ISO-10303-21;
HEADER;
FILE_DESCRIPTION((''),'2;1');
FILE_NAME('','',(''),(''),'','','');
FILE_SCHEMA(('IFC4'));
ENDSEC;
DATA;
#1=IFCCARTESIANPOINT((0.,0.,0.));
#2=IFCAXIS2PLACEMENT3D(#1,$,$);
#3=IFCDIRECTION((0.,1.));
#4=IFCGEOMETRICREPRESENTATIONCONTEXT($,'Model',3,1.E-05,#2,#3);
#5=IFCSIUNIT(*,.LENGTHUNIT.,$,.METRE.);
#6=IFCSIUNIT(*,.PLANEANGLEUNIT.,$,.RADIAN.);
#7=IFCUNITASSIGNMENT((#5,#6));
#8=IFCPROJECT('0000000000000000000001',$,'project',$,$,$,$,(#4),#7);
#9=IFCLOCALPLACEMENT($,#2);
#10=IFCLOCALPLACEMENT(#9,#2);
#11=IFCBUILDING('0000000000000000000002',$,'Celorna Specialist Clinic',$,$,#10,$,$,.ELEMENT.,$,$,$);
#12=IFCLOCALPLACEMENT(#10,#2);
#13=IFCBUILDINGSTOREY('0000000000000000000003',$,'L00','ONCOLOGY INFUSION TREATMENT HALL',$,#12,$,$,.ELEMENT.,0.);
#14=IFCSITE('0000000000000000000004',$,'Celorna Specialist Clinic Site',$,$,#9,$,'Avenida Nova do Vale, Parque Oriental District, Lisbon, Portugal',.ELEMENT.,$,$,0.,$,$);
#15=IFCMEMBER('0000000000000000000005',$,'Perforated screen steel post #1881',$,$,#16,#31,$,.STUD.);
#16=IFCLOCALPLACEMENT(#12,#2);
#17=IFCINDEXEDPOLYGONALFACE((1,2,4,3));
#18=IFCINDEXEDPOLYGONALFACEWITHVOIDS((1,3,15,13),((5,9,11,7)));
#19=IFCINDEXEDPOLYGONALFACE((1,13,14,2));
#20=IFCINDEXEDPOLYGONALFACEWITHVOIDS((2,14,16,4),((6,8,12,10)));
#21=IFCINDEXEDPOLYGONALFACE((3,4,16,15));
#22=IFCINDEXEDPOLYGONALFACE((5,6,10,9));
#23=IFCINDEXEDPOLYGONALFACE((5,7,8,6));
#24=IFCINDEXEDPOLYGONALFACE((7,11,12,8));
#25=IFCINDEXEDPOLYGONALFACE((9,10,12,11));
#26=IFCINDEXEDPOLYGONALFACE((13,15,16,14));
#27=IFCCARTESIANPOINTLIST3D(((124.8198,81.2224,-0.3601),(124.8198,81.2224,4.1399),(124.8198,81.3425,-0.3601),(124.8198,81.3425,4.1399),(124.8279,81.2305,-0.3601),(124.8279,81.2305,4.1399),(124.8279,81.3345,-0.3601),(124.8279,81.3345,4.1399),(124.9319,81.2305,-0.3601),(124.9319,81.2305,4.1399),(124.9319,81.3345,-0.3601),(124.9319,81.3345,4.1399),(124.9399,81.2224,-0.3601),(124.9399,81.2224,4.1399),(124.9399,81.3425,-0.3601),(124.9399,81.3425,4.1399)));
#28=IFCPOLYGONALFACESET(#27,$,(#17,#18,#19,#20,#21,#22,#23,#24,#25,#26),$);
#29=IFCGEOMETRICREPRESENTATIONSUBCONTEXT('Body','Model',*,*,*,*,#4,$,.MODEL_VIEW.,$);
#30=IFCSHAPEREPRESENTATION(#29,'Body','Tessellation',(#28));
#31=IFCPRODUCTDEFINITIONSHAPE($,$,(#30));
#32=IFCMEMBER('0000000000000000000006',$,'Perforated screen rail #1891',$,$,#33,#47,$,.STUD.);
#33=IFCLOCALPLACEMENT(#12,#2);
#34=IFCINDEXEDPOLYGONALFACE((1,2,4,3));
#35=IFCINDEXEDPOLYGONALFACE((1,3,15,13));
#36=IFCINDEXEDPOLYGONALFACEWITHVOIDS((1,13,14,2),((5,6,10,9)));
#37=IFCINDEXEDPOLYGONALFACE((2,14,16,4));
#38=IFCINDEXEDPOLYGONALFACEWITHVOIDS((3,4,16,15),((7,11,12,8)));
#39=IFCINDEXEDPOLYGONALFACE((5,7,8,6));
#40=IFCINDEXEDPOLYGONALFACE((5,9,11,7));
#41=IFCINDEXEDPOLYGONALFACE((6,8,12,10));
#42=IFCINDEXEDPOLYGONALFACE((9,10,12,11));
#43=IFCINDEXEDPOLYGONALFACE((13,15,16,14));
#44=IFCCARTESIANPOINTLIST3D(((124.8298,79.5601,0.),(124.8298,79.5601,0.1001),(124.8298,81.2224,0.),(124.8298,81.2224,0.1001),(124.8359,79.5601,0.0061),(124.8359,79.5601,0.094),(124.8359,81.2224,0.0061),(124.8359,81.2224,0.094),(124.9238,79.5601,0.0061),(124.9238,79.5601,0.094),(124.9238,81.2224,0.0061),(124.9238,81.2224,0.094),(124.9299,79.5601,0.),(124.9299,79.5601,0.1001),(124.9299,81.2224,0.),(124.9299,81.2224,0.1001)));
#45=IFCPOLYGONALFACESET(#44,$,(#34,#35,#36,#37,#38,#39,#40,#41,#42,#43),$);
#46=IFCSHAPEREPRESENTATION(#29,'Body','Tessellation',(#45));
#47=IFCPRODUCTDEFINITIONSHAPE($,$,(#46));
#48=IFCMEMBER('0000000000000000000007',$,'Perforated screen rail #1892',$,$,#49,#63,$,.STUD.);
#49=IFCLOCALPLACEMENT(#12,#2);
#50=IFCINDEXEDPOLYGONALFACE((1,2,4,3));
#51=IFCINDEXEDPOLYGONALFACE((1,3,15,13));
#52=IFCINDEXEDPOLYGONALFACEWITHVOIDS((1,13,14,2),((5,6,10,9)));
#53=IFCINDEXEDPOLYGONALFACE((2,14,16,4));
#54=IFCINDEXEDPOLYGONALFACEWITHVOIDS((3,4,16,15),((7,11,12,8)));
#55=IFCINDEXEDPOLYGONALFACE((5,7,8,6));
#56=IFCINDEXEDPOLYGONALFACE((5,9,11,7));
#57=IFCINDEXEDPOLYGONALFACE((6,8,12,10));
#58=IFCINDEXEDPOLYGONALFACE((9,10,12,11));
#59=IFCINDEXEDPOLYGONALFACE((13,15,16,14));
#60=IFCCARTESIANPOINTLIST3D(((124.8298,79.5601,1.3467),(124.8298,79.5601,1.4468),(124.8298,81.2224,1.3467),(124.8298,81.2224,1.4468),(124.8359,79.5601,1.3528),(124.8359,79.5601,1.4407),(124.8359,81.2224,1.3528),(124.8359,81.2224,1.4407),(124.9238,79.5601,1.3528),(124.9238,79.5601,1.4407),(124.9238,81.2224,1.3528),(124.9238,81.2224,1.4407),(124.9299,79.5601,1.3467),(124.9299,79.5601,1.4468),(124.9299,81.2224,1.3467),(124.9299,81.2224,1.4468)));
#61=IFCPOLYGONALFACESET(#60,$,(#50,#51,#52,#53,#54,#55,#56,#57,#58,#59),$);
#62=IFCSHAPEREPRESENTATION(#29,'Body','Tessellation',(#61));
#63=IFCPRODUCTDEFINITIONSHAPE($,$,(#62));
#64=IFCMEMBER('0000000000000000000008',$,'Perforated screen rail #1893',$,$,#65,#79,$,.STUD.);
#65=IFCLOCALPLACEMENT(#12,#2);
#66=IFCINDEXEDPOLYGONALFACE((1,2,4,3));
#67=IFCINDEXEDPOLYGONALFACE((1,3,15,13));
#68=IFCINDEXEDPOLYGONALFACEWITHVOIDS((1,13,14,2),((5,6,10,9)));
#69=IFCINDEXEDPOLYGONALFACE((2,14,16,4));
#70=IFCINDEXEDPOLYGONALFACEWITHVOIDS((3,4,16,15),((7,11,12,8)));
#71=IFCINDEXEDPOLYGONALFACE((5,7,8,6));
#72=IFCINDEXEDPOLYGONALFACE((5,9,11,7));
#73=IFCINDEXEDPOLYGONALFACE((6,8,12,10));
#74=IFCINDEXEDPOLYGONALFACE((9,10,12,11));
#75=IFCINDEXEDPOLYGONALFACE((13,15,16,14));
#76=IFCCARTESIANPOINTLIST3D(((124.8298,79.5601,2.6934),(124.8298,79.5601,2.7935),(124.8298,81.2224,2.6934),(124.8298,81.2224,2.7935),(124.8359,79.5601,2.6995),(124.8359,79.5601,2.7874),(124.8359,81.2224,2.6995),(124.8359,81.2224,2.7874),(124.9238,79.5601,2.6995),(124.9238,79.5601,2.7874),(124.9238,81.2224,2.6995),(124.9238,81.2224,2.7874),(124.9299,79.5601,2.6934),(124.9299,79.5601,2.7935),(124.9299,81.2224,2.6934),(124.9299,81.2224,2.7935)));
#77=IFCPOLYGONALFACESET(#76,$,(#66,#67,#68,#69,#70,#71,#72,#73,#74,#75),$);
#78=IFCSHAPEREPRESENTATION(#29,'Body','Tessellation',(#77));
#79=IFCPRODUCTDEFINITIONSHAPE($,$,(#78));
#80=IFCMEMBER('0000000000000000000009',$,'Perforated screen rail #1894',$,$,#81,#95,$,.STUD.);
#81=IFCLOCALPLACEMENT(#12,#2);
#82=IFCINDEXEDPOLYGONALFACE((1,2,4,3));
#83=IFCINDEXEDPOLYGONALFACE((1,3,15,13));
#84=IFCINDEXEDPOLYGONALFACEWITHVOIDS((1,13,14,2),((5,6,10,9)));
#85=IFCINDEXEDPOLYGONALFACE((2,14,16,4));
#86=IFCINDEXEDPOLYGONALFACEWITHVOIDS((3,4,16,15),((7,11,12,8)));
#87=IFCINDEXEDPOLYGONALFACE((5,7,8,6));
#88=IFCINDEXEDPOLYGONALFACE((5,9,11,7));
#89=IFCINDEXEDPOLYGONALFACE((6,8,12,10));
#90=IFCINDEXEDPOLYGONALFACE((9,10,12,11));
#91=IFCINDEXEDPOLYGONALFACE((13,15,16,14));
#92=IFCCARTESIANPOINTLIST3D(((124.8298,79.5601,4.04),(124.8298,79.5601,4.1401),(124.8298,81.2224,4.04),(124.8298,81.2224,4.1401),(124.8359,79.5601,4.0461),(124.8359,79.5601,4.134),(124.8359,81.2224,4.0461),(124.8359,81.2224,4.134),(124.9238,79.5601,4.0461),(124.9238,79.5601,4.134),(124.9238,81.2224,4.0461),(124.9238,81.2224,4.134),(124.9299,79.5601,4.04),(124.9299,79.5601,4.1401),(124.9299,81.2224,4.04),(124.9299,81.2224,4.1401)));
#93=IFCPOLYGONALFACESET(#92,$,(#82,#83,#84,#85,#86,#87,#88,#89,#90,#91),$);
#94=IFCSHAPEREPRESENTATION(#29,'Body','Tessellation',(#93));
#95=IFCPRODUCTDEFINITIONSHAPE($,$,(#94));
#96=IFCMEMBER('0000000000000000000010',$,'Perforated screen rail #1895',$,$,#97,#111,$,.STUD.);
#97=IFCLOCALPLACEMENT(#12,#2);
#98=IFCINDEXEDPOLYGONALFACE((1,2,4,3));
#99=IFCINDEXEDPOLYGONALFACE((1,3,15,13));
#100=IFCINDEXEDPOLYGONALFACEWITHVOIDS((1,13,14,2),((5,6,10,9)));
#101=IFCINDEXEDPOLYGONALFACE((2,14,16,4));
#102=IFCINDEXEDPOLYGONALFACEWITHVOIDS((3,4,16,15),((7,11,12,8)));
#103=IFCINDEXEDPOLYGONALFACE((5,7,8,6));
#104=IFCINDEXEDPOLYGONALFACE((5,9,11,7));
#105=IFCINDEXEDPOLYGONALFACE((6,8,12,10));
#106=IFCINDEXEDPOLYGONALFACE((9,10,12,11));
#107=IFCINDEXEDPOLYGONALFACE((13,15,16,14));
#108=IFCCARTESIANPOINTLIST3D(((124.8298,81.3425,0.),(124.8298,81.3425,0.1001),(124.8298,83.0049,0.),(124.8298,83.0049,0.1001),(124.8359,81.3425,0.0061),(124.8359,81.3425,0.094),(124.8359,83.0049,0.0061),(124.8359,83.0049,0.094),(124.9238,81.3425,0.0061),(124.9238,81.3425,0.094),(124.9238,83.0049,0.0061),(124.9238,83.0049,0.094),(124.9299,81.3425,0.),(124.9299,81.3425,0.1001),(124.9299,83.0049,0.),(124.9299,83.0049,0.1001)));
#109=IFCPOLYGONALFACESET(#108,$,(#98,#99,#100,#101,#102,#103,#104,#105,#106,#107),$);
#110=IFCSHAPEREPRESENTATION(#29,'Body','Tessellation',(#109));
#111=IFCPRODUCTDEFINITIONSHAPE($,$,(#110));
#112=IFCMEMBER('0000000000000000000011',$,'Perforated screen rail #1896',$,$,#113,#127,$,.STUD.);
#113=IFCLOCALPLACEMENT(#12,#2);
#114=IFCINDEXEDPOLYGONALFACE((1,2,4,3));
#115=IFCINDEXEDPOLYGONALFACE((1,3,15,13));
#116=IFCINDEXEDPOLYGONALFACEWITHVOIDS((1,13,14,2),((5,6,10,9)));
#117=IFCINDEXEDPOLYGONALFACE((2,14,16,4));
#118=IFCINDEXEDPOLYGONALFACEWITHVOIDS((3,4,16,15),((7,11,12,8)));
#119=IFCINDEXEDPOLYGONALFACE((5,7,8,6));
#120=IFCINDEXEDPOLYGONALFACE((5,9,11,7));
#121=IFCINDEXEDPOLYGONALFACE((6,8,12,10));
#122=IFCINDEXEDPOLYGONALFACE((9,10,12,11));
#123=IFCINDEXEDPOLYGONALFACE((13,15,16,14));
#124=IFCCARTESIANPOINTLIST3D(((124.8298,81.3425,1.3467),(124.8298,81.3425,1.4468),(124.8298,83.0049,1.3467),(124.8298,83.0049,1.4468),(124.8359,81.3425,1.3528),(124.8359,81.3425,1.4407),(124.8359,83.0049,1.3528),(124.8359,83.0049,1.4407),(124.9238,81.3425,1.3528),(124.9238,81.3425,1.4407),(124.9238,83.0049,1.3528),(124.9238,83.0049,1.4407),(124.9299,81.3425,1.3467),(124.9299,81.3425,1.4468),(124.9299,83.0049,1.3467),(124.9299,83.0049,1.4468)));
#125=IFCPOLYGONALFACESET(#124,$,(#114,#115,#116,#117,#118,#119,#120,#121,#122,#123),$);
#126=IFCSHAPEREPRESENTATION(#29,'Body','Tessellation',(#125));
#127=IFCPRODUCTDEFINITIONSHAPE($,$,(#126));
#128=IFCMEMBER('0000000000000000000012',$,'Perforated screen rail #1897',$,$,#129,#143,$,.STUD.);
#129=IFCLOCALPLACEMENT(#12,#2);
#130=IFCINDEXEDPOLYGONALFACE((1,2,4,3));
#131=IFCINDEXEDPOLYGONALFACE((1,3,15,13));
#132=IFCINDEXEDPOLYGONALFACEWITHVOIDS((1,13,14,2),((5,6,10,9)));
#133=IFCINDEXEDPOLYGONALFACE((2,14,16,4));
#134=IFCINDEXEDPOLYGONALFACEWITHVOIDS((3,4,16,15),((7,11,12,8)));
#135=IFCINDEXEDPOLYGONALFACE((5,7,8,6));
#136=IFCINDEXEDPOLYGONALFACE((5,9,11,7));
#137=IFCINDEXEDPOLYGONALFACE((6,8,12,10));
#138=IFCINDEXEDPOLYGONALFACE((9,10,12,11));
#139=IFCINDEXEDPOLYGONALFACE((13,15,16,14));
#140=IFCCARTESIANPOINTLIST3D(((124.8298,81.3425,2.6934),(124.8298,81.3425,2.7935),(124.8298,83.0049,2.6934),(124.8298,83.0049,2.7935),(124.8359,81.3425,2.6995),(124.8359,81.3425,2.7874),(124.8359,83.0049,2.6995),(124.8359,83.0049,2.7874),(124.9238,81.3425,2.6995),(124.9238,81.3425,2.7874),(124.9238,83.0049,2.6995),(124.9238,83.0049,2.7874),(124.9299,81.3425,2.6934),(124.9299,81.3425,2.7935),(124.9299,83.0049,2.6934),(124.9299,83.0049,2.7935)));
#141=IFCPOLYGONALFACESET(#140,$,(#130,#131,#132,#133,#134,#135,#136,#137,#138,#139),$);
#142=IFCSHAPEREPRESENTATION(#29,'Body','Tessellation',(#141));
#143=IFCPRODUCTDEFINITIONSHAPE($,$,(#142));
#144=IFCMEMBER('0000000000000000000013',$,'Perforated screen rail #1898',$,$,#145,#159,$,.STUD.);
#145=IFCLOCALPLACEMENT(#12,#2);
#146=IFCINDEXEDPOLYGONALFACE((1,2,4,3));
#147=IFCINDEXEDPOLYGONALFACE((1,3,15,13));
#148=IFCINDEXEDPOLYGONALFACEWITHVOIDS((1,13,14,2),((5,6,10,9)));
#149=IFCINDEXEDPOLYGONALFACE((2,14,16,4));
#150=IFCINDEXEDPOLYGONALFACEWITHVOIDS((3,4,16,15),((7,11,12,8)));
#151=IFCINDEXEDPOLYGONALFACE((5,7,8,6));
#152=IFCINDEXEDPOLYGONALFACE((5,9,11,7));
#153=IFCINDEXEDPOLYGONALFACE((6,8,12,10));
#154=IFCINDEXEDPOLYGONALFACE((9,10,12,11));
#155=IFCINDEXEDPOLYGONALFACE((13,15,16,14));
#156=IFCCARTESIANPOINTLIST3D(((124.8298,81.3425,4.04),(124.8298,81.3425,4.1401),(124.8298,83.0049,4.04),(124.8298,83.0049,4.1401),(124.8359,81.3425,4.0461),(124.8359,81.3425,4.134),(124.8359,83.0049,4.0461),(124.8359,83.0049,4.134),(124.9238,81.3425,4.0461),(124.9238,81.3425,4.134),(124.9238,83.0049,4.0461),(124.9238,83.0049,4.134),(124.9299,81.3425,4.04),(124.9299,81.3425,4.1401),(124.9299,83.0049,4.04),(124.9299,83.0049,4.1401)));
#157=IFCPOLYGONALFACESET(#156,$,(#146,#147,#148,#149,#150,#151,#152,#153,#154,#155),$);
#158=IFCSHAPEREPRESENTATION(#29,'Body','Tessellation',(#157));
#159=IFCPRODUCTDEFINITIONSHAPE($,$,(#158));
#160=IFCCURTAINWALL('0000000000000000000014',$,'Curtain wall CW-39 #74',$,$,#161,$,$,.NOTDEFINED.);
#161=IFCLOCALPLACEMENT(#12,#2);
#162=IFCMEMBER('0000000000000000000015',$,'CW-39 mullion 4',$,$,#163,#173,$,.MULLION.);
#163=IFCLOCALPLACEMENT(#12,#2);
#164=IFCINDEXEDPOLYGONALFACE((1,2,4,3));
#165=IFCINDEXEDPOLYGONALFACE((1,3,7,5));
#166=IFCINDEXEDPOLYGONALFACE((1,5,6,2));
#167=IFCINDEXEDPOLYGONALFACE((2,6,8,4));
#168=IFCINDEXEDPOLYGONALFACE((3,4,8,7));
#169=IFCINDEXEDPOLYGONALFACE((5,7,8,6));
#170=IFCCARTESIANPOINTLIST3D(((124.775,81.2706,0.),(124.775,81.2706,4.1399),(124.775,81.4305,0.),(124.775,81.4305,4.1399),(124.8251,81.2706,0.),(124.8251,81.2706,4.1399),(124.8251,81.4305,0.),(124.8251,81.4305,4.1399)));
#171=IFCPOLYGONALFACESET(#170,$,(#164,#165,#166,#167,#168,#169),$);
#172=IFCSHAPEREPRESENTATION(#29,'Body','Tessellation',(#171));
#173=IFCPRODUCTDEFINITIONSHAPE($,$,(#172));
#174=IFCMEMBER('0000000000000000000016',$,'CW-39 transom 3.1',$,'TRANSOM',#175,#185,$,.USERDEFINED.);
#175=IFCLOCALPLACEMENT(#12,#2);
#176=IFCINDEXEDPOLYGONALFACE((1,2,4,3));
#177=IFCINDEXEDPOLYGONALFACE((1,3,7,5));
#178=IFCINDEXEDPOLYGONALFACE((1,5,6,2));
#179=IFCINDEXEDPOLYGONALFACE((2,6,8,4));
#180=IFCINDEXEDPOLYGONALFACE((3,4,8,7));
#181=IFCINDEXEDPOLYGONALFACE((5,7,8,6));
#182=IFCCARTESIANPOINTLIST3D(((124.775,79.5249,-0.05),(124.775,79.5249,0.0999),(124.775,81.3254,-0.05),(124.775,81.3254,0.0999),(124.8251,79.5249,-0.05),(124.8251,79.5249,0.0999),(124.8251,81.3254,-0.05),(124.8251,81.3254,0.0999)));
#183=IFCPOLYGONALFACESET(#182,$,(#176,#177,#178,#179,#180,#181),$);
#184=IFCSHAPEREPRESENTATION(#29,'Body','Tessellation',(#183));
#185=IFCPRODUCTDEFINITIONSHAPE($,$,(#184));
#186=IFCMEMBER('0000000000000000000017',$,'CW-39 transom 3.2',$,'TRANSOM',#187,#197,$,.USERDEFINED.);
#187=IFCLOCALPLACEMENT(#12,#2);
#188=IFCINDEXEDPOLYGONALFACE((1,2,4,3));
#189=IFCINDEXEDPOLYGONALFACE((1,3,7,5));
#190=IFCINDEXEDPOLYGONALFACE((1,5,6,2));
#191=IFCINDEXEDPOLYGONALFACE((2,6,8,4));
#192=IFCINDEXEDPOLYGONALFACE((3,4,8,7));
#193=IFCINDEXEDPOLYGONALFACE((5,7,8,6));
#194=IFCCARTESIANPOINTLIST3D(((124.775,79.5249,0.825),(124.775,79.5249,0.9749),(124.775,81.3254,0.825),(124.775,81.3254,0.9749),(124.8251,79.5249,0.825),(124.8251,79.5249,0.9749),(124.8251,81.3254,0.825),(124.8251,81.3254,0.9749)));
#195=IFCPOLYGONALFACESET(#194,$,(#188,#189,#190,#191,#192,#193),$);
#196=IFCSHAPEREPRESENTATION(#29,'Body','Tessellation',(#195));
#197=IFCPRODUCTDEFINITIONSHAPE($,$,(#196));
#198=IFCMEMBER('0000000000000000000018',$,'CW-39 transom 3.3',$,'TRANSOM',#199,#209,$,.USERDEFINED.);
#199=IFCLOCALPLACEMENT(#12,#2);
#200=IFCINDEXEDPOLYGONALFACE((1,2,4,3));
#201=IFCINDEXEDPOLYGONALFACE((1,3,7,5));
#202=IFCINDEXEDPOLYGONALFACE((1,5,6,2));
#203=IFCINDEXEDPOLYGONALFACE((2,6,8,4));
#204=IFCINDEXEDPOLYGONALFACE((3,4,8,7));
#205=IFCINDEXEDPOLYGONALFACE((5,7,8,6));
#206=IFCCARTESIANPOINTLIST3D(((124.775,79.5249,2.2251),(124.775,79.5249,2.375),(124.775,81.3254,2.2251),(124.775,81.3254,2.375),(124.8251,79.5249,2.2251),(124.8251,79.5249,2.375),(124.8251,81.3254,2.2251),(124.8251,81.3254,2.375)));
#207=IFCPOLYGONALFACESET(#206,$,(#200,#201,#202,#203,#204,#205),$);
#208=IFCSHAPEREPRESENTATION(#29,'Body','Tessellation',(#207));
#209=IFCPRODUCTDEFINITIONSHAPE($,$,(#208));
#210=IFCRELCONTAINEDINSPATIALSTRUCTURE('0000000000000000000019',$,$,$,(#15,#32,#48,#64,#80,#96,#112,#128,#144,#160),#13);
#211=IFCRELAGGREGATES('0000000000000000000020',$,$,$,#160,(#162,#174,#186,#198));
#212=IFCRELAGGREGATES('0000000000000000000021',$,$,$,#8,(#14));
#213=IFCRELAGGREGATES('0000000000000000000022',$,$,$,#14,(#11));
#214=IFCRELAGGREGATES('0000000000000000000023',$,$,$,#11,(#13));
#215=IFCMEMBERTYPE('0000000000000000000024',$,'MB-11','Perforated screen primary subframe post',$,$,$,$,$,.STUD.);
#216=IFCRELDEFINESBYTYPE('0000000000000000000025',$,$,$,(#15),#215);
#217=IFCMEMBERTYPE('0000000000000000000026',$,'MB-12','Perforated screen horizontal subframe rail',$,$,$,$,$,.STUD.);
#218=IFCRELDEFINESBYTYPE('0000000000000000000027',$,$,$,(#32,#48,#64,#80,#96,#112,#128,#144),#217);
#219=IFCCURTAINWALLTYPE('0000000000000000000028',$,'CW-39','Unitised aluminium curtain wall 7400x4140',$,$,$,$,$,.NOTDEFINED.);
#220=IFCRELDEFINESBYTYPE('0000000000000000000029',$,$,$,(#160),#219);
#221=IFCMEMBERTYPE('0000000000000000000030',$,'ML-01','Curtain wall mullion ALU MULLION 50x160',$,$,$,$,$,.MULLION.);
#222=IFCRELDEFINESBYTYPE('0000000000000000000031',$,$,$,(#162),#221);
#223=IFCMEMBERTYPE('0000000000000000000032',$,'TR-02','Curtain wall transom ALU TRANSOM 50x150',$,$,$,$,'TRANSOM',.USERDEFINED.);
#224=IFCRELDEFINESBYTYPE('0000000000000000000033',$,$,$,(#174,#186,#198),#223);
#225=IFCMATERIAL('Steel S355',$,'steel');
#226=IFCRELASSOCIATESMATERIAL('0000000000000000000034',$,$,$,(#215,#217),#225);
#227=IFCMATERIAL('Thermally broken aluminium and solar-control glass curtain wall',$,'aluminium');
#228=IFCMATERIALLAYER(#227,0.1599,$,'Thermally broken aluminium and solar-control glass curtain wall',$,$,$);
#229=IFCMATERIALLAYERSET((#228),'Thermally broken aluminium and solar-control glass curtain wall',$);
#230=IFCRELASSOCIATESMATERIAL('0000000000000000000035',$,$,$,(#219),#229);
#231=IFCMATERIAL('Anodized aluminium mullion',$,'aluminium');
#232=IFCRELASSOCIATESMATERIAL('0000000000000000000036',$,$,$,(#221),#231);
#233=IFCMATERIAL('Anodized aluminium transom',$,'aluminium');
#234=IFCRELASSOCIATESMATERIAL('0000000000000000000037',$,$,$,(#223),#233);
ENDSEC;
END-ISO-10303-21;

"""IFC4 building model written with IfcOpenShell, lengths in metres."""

from ifc_helpers import new_model, si_unit, direction, frame, origin, origin_2d, place, context, subcontext, project, spatial, rectangle, hollow_rectangle, extrude, material, layer, layer_set, material_profile, profile_set, type_object, element, aggregate, save


model = new_model("IFC4")

# Units and contexts
model_context = context("Model", 3, precision=1e-05, world=origin(), true_north=direction((0.0, 1.0)))
body_context = subcontext(model_context, "Body", "Model", "MODEL_VIEW")
ifc_project = project(units=[si_unit("LENGTHUNIT", "METRE"), si_unit("PLANEANGLEUNIT", "RADIAN")], contexts=[model_context])

# Site, building, storey
site_placement = place(None, origin())
site = spatial("IfcSite", under=ifc_project, at=site_placement, Name="Celorna Specialist Clinic Site", LongName="Avenida Nova do Vale, Parque Oriental District, Lisbon, Portugal", CompositionType="ELEMENT", RefElevation=0.0)
building_placement = place(site_placement, origin())
building = spatial("IfcBuilding", under=site, at=building_placement, Name="Celorna Specialist Clinic", CompositionType="ELEMENT")
storey_placement = place(building_placement, origin())
storey = spatial("IfcBuildingStorey", under=building, at=storey_placement, Name="L00", Description="ONCOLOGY INFUSION TREATMENT HALL", CompositionType="ELEMENT", Elevation=0.0)

# Members
ifc_material_1 = material(Name="Steel S355", Category="steel")
ifc_material_profile_1 = material_profile(ifc_material_1, hollow_rectangle(XDim=0.1201, YDim=0.1201, WallThickness=0.0081, at=origin_2d()), Name="SHS 120x120x8")
ifc_profile_set_1 = profile_set([ifc_material_profile_1], Name="Steel S355")
member_type_1 = type_object("IfcMemberType", Name="MB-11", Description="Perforated screen primary subframe post", PredefinedType="STUD", material=ifc_profile_set_1)
member_1_placement = place(storey_placement, frame((124.8799, 81.2825, -0.3601), z_axis=(0.0, 0.0, 1.0), x_axis=(1.0, 0.0, 0.0)))
element("IfcMember", 1, at=member_1_placement, inside=storey, type_object=member_type_1, Name="Perforated screen steel post #1881", PredefinedType="STUD", context=body_context, shape_type="SweptSolid", body=[
    extrude(hollow_rectangle(XDim=0.1201, YDim=0.1201, WallThickness=0.0081, at=origin_2d()), origin(), (0.0, 0.0, 1.0), 4.5),
])
ifc_material_profile_2 = material_profile(ifc_material_1, hollow_rectangle(XDim=0.1001, YDim=0.1001, WallThickness=0.0061, at=origin_2d()), Name="SHS 100x100x6")
ifc_profile_set_2 = profile_set([ifc_material_profile_2], Name="Steel S355")
member_type_2 = type_object("IfcMemberType", Name="MB-12", Description="Perforated screen horizontal subframe rail", PredefinedType="STUD", material=ifc_profile_set_2)
for number, where, z_axis, x_axis, name in (
    (2, (124.8799, 79.5601, 0.05), (0.0, 1.0, 0.0), (-1.0, 0.0, 0.0), "Perforated screen rail #1891"),
    (3, (124.8799, 79.5601, 1.3967), (0.0, 1.0, 0.0), (-1.0, 0.0, 0.0), "Perforated screen rail #1892"),
    (4, (124.8799, 79.5601, 2.7434), (0.0, 1.0, 0.0), (-1.0, 0.0, 0.0), "Perforated screen rail #1893"),
    (5, (124.8799, 79.5601, 4.0901), (0.0, 1.0, 0.0), (-1.0, 0.0, 0.0), "Perforated screen rail #1894"),
    (6, (124.8799, 81.3425, 0.05), (0.0, 1.0, 0.0), (-1.0, 0.0, 0.0), "Perforated screen rail #1895"),
    (7, (124.8799, 81.3425, 1.3967), (0.0, 1.0, 0.0), (-1.0, 0.0, 0.0), "Perforated screen rail #1896"),
    (8, (124.8799, 81.3425, 2.7434), (0.0, 1.0, 0.0), (-1.0, 0.0, 0.0), "Perforated screen rail #1897"),
    (9, (124.8799, 81.3425, 4.0901), (0.0, 1.0, 0.0), (-1.0, 0.0, 0.0), "Perforated screen rail #1898"),
):
    element("IfcMember", number, at=place(storey_placement, frame(where, z_axis=z_axis, x_axis=x_axis)), inside=storey, type_object=member_type_2, Name=name, PredefinedType="STUD", context=body_context, shape_type="SweptSolid", body=[
        extrude(hollow_rectangle(XDim=0.1001, YDim=0.1001, WallThickness=0.0061, at=origin_2d()), origin(), (0.0, 0.0, 1.0), 1.6624),
    ])

# Curtain wall, members
ifc_material_2 = material(Name="Thermally broken aluminium and solar-control glass curtain wall", Category="aluminium")
ifc_layer_1 = layer(ifc_material_2, 0.1599, Name="Thermally broken aluminium and solar-control glass curtain wall")
ifc_layer_set_1 = layer_set([ifc_layer_1], Name="Thermally broken aluminium and solar-control glass curtain wall")
curtain_wall_type = type_object("IfcCurtainWallType", Name="CW-39", Description="Unitised aluminium curtain wall 7400x4140", PredefinedType="NOTDEFINED", material=ifc_layer_set_1)
curtain_wall_placement = place(storey_placement, origin())
curtain_wall = element("IfcCurtainWall", 10, at=curtain_wall_placement, inside=storey, type_object=curtain_wall_type, Name="Curtain wall CW-39 #74", PredefinedType="NOTDEFINED")
ifc_material_3 = material(Name="Anodized aluminium mullion", Category="aluminium")
ifc_material_profile_3 = material_profile(ifc_material_3, rectangle(XDim=0.05, YDim=0.1599, at=origin_2d()), Name="ALU MULLION 50x160")
ifc_profile_set_3 = profile_set([ifc_material_profile_3], Name="Anodized aluminium mullion")
member_type_3 = type_object("IfcMemberType", Name="ML-01", Description="Curtain wall mullion ALU MULLION 50x160", PredefinedType="MULLION", material=ifc_profile_set_3)
member_2_placement = place(storey_placement, frame((124.8, 81.3506, 0.0), z_axis=(0.0, 0.0, 1.0), x_axis=(-1.0, 0.0, 0.0)))
member_2 = element("IfcMember", 11, at=member_2_placement, type_object=member_type_3, Name="CW-39 mullion 4", PredefinedType="MULLION", context=body_context, shape_type="SweptSolid", body=[
    extrude(rectangle(XDim=0.05, YDim=0.1599, at=origin_2d()), origin(), (0.0, 0.0, 1.0), 4.1399),
])
ifc_material_4 = material(Name="Anodized aluminium transom", Category="aluminium")
ifc_material_profile_4 = material_profile(ifc_material_4, rectangle(XDim=0.05, YDim=0.1499, at=origin_2d()), Name="ALU TRANSOM 50x150")
ifc_profile_set_4 = profile_set([ifc_material_profile_4], Name="Anodized aluminium transom")
member_type_4 = type_object("IfcMemberType", Name="TR-02", Description="Curtain wall transom ALU TRANSOM 50x150", ElementType="TRANSOM", PredefinedType="USERDEFINED", material=ifc_profile_set_4)
member_3_placement = place(storey_placement, frame((124.8, 79.5249, 0.0249), z_axis=(0.0, 1.0, 0.0), x_axis=(-1.0, 0.0, 0.0)))
member_3 = element("IfcMember", 12, at=member_3_placement, type_object=member_type_4, Name="CW-39 transom 3.1", ObjectType="TRANSOM", PredefinedType="USERDEFINED", context=body_context, shape_type="SweptSolid", body=[
    extrude(rectangle(XDim=0.05, YDim=0.1499, at=origin_2d()), origin(), (0.0, 0.0, 1.0), 1.8005),
])
member_4_placement = place(storey_placement, frame((124.8, 79.5249, 0.8999), z_axis=(0.0, 1.0, 0.0), x_axis=(-1.0, 0.0, 0.0)))
member_4 = element("IfcMember", 13, at=member_4_placement, type_object=member_type_4, Name="CW-39 transom 3.2", ObjectType="TRANSOM", PredefinedType="USERDEFINED", context=body_context, shape_type="SweptSolid", body=[
    extrude(rectangle(XDim=0.05, YDim=0.1499, at=origin_2d()), origin(), (0.0, 0.0, 1.0), 1.8005),
])
member_5_placement = place(storey_placement, frame((124.8, 79.5249, 2.3), z_axis=(0.0, 1.0, 0.0), x_axis=(-1.0, 0.0, 0.0)))
member_5 = element("IfcMember", 14, at=member_5_placement, type_object=member_type_4, Name="CW-39 transom 3.3", ObjectType="TRANSOM", PredefinedType="USERDEFINED", context=body_context, shape_type="SweptSolid", body=[
    extrude(rectangle(XDim=0.05, YDim=0.1499, at=origin_2d()), origin(), (0.0, 0.0, 1.0), 1.8005),
])
aggregate(curtain_wall, [member_2, member_3, member_4, member_5])

save(model, "model.ifc")
